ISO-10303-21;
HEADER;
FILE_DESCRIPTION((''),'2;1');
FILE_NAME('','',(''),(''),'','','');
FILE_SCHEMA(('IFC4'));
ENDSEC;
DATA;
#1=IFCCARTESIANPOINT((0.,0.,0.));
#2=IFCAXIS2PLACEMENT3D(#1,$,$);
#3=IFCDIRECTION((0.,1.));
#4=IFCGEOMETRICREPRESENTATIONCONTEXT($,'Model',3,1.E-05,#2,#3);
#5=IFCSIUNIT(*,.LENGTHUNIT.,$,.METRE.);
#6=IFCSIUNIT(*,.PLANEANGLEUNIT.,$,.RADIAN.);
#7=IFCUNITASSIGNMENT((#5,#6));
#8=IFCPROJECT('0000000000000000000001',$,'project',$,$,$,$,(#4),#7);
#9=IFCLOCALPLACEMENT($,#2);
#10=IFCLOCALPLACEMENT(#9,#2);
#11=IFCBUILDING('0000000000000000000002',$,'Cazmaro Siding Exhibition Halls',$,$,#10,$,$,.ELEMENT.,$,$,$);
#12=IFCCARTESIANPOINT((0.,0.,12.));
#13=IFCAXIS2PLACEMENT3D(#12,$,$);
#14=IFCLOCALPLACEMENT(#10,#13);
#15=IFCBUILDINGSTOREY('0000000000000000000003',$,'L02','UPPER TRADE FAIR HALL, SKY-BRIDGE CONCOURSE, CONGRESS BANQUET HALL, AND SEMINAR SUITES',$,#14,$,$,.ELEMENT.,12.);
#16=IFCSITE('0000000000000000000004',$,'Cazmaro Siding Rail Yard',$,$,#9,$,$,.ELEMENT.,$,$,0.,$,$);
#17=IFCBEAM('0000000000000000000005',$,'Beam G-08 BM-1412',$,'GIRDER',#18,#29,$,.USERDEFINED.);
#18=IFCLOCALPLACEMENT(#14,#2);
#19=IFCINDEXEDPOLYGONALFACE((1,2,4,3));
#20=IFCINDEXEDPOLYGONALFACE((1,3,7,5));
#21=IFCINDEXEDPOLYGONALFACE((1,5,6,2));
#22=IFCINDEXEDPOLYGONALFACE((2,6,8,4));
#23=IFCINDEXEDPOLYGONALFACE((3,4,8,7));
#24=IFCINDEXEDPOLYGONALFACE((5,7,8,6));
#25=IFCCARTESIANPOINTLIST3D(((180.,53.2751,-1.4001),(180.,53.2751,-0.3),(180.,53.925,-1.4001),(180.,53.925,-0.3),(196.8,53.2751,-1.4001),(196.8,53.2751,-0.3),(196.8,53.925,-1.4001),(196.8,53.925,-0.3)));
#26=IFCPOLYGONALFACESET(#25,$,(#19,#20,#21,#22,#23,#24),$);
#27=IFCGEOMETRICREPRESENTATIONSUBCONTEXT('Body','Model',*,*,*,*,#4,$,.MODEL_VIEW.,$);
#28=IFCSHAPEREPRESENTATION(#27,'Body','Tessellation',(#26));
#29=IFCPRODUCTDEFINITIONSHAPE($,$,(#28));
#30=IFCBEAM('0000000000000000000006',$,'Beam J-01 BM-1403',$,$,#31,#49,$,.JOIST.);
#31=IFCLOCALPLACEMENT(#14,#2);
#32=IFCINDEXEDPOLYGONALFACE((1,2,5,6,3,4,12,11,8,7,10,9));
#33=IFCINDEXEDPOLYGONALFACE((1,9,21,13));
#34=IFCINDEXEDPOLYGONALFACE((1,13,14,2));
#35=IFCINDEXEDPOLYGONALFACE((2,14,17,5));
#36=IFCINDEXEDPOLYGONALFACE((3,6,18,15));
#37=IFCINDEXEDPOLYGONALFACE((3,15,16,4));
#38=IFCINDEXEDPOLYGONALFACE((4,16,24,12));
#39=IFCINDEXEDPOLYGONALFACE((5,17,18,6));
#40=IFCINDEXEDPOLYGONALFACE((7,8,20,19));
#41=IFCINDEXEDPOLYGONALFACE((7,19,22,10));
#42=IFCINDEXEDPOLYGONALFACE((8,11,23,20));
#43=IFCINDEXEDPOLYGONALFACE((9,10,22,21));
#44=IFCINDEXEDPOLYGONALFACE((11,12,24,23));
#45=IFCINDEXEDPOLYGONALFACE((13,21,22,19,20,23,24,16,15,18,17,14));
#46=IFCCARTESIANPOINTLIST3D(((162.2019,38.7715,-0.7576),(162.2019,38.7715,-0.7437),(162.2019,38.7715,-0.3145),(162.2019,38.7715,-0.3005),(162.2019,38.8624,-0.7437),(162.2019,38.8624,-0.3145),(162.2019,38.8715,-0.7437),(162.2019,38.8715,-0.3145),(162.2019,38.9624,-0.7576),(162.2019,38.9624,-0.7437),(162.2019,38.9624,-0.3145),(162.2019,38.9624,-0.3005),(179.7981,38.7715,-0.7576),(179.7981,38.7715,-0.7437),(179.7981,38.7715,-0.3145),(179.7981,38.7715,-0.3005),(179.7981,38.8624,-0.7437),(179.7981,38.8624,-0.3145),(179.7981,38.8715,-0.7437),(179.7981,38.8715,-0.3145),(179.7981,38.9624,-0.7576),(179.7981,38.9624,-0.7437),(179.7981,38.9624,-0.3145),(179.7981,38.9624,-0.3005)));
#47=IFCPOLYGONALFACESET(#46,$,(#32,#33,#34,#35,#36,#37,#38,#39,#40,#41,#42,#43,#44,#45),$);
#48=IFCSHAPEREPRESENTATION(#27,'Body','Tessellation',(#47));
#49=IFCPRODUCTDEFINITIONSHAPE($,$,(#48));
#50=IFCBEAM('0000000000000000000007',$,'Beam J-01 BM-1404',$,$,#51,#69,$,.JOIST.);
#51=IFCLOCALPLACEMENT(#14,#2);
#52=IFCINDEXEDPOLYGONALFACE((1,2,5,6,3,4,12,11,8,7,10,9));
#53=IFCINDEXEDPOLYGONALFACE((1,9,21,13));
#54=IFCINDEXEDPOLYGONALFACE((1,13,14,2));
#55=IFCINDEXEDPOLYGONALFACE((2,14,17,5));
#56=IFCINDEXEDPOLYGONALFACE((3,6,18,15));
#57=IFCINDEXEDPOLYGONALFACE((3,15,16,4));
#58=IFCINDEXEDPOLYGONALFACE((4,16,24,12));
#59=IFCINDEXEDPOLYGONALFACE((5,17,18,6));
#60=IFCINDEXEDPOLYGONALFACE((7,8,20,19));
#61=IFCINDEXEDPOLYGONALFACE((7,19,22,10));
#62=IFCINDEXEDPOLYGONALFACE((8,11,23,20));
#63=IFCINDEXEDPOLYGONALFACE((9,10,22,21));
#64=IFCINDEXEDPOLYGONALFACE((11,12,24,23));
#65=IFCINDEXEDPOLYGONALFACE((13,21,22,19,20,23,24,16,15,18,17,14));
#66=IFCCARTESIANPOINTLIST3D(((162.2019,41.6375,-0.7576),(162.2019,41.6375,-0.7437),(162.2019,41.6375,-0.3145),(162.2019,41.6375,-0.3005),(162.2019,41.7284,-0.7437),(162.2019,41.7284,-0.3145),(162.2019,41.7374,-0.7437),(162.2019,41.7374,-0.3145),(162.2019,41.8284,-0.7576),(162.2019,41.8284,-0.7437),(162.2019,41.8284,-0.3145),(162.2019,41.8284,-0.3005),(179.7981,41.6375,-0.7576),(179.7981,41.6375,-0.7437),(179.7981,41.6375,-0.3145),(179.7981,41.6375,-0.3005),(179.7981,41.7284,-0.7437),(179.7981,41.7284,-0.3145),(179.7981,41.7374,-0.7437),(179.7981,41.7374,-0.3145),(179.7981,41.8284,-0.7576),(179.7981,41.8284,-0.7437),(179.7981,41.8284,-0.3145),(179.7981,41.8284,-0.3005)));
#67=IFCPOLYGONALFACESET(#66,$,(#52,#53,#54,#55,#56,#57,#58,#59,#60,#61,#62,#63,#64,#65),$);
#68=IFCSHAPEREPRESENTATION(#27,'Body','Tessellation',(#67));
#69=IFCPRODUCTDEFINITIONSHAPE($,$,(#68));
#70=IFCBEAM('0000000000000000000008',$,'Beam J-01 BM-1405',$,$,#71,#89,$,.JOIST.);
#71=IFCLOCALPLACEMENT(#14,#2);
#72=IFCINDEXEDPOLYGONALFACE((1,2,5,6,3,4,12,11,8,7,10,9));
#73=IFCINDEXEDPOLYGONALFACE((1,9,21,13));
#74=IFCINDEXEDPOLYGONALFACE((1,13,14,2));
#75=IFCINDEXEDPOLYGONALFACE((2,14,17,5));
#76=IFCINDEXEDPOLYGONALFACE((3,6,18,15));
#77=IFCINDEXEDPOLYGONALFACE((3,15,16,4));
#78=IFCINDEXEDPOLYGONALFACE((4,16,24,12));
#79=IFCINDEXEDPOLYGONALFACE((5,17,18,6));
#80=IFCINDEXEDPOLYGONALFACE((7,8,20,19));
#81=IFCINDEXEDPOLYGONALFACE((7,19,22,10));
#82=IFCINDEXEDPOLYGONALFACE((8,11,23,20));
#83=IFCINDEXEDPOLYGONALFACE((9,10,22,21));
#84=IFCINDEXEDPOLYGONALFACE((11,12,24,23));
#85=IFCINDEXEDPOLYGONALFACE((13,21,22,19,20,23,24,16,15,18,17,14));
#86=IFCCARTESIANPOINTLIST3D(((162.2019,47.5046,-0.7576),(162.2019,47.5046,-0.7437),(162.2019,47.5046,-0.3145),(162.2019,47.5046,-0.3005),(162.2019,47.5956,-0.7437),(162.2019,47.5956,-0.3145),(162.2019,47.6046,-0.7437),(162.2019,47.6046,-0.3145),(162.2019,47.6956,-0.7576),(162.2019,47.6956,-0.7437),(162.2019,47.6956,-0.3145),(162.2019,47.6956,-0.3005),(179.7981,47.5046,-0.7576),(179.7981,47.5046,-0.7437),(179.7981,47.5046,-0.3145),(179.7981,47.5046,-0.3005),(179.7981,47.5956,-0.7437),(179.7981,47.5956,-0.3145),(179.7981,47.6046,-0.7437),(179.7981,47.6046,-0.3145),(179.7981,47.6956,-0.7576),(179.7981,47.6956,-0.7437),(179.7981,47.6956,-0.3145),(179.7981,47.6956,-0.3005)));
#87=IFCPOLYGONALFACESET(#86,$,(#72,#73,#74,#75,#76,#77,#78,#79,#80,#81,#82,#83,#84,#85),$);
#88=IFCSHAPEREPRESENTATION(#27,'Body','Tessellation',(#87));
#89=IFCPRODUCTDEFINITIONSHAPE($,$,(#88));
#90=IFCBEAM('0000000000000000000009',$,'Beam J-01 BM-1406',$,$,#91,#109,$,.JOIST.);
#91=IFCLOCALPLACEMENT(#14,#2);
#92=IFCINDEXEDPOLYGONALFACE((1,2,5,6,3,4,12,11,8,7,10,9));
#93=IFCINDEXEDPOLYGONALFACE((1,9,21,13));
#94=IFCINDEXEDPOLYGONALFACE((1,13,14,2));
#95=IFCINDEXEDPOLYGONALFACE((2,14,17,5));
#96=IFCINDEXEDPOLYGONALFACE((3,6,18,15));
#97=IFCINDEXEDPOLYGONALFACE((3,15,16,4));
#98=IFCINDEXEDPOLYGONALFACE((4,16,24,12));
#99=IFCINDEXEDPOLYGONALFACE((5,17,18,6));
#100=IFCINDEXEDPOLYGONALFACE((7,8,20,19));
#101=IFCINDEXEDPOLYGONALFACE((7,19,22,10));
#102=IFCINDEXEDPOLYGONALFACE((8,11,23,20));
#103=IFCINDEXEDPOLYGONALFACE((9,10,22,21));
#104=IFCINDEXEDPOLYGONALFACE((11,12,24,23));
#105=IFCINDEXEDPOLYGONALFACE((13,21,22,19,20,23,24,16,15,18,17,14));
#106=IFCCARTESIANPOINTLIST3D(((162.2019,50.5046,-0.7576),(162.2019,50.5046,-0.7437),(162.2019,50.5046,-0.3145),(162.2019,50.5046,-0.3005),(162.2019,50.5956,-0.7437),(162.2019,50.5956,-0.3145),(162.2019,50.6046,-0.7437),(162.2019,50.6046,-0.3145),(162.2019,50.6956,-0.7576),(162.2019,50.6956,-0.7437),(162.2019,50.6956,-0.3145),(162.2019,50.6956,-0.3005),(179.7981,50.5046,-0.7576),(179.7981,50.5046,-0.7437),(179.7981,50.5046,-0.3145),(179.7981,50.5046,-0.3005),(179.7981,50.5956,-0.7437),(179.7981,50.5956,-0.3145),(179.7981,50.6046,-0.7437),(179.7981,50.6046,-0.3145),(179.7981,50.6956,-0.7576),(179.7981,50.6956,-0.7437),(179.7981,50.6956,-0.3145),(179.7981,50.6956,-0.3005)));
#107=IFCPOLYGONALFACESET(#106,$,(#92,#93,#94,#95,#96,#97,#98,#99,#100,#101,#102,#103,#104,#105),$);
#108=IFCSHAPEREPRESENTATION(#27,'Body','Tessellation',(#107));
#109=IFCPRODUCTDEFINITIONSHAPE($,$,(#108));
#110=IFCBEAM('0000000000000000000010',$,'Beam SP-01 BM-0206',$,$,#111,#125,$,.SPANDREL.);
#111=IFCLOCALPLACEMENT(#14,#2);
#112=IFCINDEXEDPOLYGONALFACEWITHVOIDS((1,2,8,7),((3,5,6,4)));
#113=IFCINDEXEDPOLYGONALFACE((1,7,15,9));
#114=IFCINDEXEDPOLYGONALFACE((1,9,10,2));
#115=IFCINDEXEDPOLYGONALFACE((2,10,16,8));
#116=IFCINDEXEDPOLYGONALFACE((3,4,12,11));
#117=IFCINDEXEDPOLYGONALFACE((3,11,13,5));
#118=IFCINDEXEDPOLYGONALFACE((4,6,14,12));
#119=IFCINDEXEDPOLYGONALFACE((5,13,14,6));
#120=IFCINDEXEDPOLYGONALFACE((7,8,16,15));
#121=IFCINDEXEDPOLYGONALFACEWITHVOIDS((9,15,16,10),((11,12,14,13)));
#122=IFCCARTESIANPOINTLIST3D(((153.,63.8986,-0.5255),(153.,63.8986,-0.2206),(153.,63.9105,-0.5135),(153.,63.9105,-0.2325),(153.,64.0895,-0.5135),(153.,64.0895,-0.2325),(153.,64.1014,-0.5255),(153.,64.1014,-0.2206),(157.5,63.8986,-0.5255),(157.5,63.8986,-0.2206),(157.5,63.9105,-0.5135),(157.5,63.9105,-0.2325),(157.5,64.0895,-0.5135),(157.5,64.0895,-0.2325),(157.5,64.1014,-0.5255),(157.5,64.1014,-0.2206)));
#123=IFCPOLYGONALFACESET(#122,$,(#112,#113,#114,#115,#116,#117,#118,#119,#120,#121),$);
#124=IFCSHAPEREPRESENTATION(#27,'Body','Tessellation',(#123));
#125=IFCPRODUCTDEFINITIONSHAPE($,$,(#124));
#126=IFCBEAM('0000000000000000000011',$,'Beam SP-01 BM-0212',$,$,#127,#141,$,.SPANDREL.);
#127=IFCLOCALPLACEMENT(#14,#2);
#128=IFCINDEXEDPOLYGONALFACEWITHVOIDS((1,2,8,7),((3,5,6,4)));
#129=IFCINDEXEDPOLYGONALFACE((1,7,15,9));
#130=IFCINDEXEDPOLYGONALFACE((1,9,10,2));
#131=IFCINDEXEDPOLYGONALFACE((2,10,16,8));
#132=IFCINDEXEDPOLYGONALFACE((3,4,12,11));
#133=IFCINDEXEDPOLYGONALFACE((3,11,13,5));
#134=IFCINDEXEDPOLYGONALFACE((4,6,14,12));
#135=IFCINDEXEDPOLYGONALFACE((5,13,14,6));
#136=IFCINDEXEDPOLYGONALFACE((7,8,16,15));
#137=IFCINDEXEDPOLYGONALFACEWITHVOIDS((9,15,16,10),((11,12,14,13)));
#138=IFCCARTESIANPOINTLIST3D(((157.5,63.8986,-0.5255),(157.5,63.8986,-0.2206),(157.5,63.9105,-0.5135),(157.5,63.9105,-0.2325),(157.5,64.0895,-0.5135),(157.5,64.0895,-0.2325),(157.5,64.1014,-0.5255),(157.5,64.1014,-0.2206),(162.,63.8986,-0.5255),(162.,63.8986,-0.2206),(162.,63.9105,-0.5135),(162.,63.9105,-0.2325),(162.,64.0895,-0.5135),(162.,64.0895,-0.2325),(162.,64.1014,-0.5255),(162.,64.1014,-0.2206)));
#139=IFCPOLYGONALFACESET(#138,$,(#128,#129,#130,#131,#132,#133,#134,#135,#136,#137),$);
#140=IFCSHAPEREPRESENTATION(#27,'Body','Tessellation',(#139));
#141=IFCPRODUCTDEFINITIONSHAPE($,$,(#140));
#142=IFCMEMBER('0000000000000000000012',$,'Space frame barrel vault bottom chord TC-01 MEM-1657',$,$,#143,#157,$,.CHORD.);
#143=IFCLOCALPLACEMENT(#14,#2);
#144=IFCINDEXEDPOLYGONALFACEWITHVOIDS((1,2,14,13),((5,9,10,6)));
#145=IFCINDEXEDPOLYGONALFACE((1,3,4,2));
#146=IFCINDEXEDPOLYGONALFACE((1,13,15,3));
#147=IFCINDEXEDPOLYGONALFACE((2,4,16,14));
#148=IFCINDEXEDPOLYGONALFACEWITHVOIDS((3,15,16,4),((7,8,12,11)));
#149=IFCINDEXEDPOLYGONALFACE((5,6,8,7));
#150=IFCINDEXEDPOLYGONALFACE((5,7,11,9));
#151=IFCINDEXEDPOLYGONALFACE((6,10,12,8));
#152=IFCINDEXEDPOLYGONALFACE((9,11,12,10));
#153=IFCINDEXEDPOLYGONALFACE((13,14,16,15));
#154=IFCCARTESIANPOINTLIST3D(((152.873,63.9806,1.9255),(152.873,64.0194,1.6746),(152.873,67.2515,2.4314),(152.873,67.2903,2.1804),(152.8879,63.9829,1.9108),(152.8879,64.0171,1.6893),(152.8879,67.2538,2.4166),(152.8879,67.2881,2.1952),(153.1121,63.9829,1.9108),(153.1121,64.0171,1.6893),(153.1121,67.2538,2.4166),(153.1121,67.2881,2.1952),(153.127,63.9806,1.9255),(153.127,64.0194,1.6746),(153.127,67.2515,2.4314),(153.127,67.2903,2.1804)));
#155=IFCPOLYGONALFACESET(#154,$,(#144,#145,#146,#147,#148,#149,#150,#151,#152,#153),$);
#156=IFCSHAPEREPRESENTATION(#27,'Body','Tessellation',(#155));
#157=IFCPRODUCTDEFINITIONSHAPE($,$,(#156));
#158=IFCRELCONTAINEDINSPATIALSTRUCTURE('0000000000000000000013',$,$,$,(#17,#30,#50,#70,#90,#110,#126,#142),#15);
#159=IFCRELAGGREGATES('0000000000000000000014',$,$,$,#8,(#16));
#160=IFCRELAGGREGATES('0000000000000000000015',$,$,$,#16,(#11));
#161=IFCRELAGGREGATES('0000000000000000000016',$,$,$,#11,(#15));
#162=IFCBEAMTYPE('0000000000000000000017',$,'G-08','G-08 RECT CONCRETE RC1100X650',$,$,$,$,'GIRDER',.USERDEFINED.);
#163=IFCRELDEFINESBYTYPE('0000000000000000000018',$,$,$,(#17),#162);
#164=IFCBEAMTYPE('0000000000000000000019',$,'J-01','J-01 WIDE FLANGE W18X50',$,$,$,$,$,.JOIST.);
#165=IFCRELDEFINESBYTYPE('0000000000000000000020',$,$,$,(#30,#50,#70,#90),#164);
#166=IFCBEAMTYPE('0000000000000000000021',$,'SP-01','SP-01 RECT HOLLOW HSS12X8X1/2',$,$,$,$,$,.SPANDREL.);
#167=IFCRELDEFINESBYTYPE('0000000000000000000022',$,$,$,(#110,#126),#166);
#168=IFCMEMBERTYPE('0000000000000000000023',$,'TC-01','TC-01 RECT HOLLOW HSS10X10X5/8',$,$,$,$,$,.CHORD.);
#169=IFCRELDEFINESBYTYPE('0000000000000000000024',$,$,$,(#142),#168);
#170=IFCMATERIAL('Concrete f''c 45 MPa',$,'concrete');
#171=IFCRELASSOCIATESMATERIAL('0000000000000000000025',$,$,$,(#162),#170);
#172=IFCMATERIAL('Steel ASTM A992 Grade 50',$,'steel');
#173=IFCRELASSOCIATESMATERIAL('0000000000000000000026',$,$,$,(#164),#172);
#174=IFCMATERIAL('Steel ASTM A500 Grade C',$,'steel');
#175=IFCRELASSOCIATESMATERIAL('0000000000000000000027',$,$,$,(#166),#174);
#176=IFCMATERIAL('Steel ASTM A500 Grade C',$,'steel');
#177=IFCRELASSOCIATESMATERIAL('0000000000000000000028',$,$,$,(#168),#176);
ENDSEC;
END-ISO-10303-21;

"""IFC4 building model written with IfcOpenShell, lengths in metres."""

from ifc_helpers import new_model, si_unit, direction, frame, origin, origin_2d, place, context, subcontext, project, spatial, rectangle, hollow_rectangle, i_section, extrude, material, material_profile, profile_set, type_object, element, save


model = new_model("IFC4")

# Units and contexts
model_context = context("Model", 3, precision=1e-05, world=origin(), true_north=direction((0.0, 1.0)))
body_context = subcontext(model_context, "Body", "Model", "MODEL_VIEW")
ifc_project = project(units=[si_unit("LENGTHUNIT", "METRE"), si_unit("PLANEANGLEUNIT", "RADIAN")], contexts=[model_context])

# Site, building, storey
site_placement = place(None, origin())
site = spatial("IfcSite", under=ifc_project, at=site_placement, Name="Cazmaro Siding Rail Yard", CompositionType="ELEMENT", RefElevation=0.0)
building_placement = place(site_placement, origin())
building = spatial("IfcBuilding", under=site, at=building_placement, Name="Cazmaro Siding Exhibition Halls", CompositionType="ELEMENT")
storey_placement = place(building_placement, frame((0.0, 0.0, 12.0)))
storey = spatial("IfcBuildingStorey", under=building, at=storey_placement, Name="L02", Description="UPPER TRADE FAIR HALL, SKY-BRIDGE CONCOURSE, CONGRESS BANQUET HALL, AND SEMINAR SUITES", CompositionType="ELEMENT", Elevation=12.0)

# Beams
ifc_material_1 = material(Name="Concrete f'c 45 MPa", Category="concrete")
ifc_material_profile_1 = material_profile(ifc_material_1, rectangle(XDim=0.6499, YDim=1.1001, at=origin_2d()), Name="RC1100X650")
ifc_profile_set_1 = profile_set([ifc_material_profile_1], Name="Concrete f'c 45 MPa")
beam_type_1 = type_object("IfcBeamType", Name="G-08", Description="G-08 RECT CONCRETE RC1100X650", ElementType="GIRDER", PredefinedType="USERDEFINED", material=ifc_profile_set_1)
for number, where, z_axis, x_axis, name in (
    (1, (180.0, 53.6001, -0.8501), (1.0, 0.0, 0.0), (0.0, 1.0, 0.0), "Beam G-08 BM-1412"),
):
    element("IfcBeam", number, at=place(storey_placement, frame(where, z_axis=z_axis, x_axis=x_axis)), inside=storey, type_object=beam_type_1, Name=name, ObjectType="GIRDER", PredefinedType="USERDEFINED", context=body_context, shape_type="SweptSolid", body=[
        extrude(rectangle(XDim=0.6499, YDim=1.1001, at=origin_2d()), origin(), (0.0, 0.0, 1.0), 16.8),
    ])
ifc_material_2 = material(Name="Steel ASTM A992 Grade 50", Category="steel")
ifc_material_profile_2 = material_profile(ifc_material_2, i_section(OverallWidth=0.1909, OverallDepth=0.457, WebThickness=0.009, FlangeThickness=0.0139, at=origin_2d()), Name="W18X50")
ifc_profile_set_2 = profile_set([ifc_material_profile_2], Name="Steel ASTM A992 Grade 50")
beam_type_2 = type_object("IfcBeamType", Name="J-01", Description="J-01 WIDE FLANGE W18X50", PredefinedType="JOIST", material=ifc_profile_set_2)
for number, where, z_axis, x_axis, name in (
    (2, (162.2019, 38.8669, -0.5291), (1.0, 0.0, 0.0), (0.0, 1.0, 0.0), "Beam J-01 BM-1403"),
    (3, (162.2019, 41.7329, -0.5291), (1.0, 0.0, 0.0), (0.0, 1.0, 0.0), "Beam J-01 BM-1404"),
    (4, (162.2019, 47.6001, -0.5291), (1.0, 0.0, 0.0), (0.0, 1.0, 0.0), "Beam J-01 BM-1405"),
    (5, (162.2019, 50.6001, -0.5291), (1.0, 0.0, 0.0), (0.0, 1.0, 0.0), "Beam J-01 BM-1406"),
):
    element("IfcBeam", number, at=place(storey_placement, frame(where, z_axis=z_axis, x_axis=x_axis)), inside=storey, type_object=beam_type_2, Name=name, PredefinedType="JOIST", context=body_context, shape_type="SweptSolid", body=[
        extrude(i_section(OverallWidth=0.1909, OverallDepth=0.457, WebThickness=0.009, FlangeThickness=0.0139, at=origin_2d()), origin(), (0.0, 0.0, 1.0), 17.5962),
    ])
ifc_material_3 = material(Name="Steel ASTM A500 Grade C", Category="steel")
ifc_material_profile_3 = material_profile(ifc_material_3, hollow_rectangle(XDim=0.2029, YDim=0.3049, WallThickness=0.012, at=origin_2d()), Name="HSS12X8X1/2")
ifc_profile_set_3 = profile_set([ifc_material_profile_3], Name="Steel ASTM A500 Grade C")
beam_type_3 = type_object("IfcBeamType", Name="SP-01", Description="SP-01 RECT HOLLOW HSS12X8X1/2", PredefinedType="SPANDREL", material=ifc_profile_set_3)
for number, where, z_axis, x_axis, name in (
    (6, (153.0, 64.0, -0.373), (1.0, 0.0, 0.0), (0.0, 1.0, 0.0), "Beam SP-01 BM-0206"),
    (7, (157.5, 64.0, -0.373), (1.0, 0.0, 0.0), (0.0, 1.0, 0.0), "Beam SP-01 BM-0212"),
):
    element("IfcBeam", number, at=place(storey_placement, frame(where, z_axis=z_axis, x_axis=x_axis)), inside=storey, type_object=beam_type_3, Name=name, PredefinedType="SPANDREL", context=body_context, shape_type="SweptSolid", body=[
        extrude(hollow_rectangle(XDim=0.2029, YDim=0.3049, WallThickness=0.012, at=origin_2d()), origin(), (0.0, 0.0, 1.0), 4.5),
    ])

# Member
ifc_material_4 = material(Name="Steel ASTM A500 Grade C", Category="steel")
ifc_material_profile_4 = material_profile(ifc_material_4, hollow_rectangle(XDim=0.2539, YDim=0.2539, WallThickness=0.0149, at=origin_2d()), Name="HSS10X10X5/8")
ifc_profile_set_4 = profile_set([ifc_material_profile_4], Name="Steel ASTM A500 Grade C")
member_type_1 = type_object("IfcMemberType", Name="TC-01", Description="TC-01 RECT HOLLOW HSS10X10X5/8", PredefinedType="CHORD", material=ifc_profile_set_4)
member_1_placement = place(storey_placement, frame((153.0, 64.0, 1.8), z_axis=(0.0, 0.988252, 0.152833), x_axis=(-1.0, 0.0, 0.0)))
element("IfcMember", 8, at=member_1_placement, inside=storey, type_object=member_type_1, Name="Space frame barrel vault bottom chord TC-01 MEM-1657", PredefinedType="CHORD", context=body_context, shape_type="SweptSolid", body=[
    extrude(hollow_rectangle(XDim=0.2539, YDim=0.2539, WallThickness=0.0149, at=origin_2d()), origin(), (0.0, 0.0, 1.0), 3.3098),
])

save(model, "model.ifc")
